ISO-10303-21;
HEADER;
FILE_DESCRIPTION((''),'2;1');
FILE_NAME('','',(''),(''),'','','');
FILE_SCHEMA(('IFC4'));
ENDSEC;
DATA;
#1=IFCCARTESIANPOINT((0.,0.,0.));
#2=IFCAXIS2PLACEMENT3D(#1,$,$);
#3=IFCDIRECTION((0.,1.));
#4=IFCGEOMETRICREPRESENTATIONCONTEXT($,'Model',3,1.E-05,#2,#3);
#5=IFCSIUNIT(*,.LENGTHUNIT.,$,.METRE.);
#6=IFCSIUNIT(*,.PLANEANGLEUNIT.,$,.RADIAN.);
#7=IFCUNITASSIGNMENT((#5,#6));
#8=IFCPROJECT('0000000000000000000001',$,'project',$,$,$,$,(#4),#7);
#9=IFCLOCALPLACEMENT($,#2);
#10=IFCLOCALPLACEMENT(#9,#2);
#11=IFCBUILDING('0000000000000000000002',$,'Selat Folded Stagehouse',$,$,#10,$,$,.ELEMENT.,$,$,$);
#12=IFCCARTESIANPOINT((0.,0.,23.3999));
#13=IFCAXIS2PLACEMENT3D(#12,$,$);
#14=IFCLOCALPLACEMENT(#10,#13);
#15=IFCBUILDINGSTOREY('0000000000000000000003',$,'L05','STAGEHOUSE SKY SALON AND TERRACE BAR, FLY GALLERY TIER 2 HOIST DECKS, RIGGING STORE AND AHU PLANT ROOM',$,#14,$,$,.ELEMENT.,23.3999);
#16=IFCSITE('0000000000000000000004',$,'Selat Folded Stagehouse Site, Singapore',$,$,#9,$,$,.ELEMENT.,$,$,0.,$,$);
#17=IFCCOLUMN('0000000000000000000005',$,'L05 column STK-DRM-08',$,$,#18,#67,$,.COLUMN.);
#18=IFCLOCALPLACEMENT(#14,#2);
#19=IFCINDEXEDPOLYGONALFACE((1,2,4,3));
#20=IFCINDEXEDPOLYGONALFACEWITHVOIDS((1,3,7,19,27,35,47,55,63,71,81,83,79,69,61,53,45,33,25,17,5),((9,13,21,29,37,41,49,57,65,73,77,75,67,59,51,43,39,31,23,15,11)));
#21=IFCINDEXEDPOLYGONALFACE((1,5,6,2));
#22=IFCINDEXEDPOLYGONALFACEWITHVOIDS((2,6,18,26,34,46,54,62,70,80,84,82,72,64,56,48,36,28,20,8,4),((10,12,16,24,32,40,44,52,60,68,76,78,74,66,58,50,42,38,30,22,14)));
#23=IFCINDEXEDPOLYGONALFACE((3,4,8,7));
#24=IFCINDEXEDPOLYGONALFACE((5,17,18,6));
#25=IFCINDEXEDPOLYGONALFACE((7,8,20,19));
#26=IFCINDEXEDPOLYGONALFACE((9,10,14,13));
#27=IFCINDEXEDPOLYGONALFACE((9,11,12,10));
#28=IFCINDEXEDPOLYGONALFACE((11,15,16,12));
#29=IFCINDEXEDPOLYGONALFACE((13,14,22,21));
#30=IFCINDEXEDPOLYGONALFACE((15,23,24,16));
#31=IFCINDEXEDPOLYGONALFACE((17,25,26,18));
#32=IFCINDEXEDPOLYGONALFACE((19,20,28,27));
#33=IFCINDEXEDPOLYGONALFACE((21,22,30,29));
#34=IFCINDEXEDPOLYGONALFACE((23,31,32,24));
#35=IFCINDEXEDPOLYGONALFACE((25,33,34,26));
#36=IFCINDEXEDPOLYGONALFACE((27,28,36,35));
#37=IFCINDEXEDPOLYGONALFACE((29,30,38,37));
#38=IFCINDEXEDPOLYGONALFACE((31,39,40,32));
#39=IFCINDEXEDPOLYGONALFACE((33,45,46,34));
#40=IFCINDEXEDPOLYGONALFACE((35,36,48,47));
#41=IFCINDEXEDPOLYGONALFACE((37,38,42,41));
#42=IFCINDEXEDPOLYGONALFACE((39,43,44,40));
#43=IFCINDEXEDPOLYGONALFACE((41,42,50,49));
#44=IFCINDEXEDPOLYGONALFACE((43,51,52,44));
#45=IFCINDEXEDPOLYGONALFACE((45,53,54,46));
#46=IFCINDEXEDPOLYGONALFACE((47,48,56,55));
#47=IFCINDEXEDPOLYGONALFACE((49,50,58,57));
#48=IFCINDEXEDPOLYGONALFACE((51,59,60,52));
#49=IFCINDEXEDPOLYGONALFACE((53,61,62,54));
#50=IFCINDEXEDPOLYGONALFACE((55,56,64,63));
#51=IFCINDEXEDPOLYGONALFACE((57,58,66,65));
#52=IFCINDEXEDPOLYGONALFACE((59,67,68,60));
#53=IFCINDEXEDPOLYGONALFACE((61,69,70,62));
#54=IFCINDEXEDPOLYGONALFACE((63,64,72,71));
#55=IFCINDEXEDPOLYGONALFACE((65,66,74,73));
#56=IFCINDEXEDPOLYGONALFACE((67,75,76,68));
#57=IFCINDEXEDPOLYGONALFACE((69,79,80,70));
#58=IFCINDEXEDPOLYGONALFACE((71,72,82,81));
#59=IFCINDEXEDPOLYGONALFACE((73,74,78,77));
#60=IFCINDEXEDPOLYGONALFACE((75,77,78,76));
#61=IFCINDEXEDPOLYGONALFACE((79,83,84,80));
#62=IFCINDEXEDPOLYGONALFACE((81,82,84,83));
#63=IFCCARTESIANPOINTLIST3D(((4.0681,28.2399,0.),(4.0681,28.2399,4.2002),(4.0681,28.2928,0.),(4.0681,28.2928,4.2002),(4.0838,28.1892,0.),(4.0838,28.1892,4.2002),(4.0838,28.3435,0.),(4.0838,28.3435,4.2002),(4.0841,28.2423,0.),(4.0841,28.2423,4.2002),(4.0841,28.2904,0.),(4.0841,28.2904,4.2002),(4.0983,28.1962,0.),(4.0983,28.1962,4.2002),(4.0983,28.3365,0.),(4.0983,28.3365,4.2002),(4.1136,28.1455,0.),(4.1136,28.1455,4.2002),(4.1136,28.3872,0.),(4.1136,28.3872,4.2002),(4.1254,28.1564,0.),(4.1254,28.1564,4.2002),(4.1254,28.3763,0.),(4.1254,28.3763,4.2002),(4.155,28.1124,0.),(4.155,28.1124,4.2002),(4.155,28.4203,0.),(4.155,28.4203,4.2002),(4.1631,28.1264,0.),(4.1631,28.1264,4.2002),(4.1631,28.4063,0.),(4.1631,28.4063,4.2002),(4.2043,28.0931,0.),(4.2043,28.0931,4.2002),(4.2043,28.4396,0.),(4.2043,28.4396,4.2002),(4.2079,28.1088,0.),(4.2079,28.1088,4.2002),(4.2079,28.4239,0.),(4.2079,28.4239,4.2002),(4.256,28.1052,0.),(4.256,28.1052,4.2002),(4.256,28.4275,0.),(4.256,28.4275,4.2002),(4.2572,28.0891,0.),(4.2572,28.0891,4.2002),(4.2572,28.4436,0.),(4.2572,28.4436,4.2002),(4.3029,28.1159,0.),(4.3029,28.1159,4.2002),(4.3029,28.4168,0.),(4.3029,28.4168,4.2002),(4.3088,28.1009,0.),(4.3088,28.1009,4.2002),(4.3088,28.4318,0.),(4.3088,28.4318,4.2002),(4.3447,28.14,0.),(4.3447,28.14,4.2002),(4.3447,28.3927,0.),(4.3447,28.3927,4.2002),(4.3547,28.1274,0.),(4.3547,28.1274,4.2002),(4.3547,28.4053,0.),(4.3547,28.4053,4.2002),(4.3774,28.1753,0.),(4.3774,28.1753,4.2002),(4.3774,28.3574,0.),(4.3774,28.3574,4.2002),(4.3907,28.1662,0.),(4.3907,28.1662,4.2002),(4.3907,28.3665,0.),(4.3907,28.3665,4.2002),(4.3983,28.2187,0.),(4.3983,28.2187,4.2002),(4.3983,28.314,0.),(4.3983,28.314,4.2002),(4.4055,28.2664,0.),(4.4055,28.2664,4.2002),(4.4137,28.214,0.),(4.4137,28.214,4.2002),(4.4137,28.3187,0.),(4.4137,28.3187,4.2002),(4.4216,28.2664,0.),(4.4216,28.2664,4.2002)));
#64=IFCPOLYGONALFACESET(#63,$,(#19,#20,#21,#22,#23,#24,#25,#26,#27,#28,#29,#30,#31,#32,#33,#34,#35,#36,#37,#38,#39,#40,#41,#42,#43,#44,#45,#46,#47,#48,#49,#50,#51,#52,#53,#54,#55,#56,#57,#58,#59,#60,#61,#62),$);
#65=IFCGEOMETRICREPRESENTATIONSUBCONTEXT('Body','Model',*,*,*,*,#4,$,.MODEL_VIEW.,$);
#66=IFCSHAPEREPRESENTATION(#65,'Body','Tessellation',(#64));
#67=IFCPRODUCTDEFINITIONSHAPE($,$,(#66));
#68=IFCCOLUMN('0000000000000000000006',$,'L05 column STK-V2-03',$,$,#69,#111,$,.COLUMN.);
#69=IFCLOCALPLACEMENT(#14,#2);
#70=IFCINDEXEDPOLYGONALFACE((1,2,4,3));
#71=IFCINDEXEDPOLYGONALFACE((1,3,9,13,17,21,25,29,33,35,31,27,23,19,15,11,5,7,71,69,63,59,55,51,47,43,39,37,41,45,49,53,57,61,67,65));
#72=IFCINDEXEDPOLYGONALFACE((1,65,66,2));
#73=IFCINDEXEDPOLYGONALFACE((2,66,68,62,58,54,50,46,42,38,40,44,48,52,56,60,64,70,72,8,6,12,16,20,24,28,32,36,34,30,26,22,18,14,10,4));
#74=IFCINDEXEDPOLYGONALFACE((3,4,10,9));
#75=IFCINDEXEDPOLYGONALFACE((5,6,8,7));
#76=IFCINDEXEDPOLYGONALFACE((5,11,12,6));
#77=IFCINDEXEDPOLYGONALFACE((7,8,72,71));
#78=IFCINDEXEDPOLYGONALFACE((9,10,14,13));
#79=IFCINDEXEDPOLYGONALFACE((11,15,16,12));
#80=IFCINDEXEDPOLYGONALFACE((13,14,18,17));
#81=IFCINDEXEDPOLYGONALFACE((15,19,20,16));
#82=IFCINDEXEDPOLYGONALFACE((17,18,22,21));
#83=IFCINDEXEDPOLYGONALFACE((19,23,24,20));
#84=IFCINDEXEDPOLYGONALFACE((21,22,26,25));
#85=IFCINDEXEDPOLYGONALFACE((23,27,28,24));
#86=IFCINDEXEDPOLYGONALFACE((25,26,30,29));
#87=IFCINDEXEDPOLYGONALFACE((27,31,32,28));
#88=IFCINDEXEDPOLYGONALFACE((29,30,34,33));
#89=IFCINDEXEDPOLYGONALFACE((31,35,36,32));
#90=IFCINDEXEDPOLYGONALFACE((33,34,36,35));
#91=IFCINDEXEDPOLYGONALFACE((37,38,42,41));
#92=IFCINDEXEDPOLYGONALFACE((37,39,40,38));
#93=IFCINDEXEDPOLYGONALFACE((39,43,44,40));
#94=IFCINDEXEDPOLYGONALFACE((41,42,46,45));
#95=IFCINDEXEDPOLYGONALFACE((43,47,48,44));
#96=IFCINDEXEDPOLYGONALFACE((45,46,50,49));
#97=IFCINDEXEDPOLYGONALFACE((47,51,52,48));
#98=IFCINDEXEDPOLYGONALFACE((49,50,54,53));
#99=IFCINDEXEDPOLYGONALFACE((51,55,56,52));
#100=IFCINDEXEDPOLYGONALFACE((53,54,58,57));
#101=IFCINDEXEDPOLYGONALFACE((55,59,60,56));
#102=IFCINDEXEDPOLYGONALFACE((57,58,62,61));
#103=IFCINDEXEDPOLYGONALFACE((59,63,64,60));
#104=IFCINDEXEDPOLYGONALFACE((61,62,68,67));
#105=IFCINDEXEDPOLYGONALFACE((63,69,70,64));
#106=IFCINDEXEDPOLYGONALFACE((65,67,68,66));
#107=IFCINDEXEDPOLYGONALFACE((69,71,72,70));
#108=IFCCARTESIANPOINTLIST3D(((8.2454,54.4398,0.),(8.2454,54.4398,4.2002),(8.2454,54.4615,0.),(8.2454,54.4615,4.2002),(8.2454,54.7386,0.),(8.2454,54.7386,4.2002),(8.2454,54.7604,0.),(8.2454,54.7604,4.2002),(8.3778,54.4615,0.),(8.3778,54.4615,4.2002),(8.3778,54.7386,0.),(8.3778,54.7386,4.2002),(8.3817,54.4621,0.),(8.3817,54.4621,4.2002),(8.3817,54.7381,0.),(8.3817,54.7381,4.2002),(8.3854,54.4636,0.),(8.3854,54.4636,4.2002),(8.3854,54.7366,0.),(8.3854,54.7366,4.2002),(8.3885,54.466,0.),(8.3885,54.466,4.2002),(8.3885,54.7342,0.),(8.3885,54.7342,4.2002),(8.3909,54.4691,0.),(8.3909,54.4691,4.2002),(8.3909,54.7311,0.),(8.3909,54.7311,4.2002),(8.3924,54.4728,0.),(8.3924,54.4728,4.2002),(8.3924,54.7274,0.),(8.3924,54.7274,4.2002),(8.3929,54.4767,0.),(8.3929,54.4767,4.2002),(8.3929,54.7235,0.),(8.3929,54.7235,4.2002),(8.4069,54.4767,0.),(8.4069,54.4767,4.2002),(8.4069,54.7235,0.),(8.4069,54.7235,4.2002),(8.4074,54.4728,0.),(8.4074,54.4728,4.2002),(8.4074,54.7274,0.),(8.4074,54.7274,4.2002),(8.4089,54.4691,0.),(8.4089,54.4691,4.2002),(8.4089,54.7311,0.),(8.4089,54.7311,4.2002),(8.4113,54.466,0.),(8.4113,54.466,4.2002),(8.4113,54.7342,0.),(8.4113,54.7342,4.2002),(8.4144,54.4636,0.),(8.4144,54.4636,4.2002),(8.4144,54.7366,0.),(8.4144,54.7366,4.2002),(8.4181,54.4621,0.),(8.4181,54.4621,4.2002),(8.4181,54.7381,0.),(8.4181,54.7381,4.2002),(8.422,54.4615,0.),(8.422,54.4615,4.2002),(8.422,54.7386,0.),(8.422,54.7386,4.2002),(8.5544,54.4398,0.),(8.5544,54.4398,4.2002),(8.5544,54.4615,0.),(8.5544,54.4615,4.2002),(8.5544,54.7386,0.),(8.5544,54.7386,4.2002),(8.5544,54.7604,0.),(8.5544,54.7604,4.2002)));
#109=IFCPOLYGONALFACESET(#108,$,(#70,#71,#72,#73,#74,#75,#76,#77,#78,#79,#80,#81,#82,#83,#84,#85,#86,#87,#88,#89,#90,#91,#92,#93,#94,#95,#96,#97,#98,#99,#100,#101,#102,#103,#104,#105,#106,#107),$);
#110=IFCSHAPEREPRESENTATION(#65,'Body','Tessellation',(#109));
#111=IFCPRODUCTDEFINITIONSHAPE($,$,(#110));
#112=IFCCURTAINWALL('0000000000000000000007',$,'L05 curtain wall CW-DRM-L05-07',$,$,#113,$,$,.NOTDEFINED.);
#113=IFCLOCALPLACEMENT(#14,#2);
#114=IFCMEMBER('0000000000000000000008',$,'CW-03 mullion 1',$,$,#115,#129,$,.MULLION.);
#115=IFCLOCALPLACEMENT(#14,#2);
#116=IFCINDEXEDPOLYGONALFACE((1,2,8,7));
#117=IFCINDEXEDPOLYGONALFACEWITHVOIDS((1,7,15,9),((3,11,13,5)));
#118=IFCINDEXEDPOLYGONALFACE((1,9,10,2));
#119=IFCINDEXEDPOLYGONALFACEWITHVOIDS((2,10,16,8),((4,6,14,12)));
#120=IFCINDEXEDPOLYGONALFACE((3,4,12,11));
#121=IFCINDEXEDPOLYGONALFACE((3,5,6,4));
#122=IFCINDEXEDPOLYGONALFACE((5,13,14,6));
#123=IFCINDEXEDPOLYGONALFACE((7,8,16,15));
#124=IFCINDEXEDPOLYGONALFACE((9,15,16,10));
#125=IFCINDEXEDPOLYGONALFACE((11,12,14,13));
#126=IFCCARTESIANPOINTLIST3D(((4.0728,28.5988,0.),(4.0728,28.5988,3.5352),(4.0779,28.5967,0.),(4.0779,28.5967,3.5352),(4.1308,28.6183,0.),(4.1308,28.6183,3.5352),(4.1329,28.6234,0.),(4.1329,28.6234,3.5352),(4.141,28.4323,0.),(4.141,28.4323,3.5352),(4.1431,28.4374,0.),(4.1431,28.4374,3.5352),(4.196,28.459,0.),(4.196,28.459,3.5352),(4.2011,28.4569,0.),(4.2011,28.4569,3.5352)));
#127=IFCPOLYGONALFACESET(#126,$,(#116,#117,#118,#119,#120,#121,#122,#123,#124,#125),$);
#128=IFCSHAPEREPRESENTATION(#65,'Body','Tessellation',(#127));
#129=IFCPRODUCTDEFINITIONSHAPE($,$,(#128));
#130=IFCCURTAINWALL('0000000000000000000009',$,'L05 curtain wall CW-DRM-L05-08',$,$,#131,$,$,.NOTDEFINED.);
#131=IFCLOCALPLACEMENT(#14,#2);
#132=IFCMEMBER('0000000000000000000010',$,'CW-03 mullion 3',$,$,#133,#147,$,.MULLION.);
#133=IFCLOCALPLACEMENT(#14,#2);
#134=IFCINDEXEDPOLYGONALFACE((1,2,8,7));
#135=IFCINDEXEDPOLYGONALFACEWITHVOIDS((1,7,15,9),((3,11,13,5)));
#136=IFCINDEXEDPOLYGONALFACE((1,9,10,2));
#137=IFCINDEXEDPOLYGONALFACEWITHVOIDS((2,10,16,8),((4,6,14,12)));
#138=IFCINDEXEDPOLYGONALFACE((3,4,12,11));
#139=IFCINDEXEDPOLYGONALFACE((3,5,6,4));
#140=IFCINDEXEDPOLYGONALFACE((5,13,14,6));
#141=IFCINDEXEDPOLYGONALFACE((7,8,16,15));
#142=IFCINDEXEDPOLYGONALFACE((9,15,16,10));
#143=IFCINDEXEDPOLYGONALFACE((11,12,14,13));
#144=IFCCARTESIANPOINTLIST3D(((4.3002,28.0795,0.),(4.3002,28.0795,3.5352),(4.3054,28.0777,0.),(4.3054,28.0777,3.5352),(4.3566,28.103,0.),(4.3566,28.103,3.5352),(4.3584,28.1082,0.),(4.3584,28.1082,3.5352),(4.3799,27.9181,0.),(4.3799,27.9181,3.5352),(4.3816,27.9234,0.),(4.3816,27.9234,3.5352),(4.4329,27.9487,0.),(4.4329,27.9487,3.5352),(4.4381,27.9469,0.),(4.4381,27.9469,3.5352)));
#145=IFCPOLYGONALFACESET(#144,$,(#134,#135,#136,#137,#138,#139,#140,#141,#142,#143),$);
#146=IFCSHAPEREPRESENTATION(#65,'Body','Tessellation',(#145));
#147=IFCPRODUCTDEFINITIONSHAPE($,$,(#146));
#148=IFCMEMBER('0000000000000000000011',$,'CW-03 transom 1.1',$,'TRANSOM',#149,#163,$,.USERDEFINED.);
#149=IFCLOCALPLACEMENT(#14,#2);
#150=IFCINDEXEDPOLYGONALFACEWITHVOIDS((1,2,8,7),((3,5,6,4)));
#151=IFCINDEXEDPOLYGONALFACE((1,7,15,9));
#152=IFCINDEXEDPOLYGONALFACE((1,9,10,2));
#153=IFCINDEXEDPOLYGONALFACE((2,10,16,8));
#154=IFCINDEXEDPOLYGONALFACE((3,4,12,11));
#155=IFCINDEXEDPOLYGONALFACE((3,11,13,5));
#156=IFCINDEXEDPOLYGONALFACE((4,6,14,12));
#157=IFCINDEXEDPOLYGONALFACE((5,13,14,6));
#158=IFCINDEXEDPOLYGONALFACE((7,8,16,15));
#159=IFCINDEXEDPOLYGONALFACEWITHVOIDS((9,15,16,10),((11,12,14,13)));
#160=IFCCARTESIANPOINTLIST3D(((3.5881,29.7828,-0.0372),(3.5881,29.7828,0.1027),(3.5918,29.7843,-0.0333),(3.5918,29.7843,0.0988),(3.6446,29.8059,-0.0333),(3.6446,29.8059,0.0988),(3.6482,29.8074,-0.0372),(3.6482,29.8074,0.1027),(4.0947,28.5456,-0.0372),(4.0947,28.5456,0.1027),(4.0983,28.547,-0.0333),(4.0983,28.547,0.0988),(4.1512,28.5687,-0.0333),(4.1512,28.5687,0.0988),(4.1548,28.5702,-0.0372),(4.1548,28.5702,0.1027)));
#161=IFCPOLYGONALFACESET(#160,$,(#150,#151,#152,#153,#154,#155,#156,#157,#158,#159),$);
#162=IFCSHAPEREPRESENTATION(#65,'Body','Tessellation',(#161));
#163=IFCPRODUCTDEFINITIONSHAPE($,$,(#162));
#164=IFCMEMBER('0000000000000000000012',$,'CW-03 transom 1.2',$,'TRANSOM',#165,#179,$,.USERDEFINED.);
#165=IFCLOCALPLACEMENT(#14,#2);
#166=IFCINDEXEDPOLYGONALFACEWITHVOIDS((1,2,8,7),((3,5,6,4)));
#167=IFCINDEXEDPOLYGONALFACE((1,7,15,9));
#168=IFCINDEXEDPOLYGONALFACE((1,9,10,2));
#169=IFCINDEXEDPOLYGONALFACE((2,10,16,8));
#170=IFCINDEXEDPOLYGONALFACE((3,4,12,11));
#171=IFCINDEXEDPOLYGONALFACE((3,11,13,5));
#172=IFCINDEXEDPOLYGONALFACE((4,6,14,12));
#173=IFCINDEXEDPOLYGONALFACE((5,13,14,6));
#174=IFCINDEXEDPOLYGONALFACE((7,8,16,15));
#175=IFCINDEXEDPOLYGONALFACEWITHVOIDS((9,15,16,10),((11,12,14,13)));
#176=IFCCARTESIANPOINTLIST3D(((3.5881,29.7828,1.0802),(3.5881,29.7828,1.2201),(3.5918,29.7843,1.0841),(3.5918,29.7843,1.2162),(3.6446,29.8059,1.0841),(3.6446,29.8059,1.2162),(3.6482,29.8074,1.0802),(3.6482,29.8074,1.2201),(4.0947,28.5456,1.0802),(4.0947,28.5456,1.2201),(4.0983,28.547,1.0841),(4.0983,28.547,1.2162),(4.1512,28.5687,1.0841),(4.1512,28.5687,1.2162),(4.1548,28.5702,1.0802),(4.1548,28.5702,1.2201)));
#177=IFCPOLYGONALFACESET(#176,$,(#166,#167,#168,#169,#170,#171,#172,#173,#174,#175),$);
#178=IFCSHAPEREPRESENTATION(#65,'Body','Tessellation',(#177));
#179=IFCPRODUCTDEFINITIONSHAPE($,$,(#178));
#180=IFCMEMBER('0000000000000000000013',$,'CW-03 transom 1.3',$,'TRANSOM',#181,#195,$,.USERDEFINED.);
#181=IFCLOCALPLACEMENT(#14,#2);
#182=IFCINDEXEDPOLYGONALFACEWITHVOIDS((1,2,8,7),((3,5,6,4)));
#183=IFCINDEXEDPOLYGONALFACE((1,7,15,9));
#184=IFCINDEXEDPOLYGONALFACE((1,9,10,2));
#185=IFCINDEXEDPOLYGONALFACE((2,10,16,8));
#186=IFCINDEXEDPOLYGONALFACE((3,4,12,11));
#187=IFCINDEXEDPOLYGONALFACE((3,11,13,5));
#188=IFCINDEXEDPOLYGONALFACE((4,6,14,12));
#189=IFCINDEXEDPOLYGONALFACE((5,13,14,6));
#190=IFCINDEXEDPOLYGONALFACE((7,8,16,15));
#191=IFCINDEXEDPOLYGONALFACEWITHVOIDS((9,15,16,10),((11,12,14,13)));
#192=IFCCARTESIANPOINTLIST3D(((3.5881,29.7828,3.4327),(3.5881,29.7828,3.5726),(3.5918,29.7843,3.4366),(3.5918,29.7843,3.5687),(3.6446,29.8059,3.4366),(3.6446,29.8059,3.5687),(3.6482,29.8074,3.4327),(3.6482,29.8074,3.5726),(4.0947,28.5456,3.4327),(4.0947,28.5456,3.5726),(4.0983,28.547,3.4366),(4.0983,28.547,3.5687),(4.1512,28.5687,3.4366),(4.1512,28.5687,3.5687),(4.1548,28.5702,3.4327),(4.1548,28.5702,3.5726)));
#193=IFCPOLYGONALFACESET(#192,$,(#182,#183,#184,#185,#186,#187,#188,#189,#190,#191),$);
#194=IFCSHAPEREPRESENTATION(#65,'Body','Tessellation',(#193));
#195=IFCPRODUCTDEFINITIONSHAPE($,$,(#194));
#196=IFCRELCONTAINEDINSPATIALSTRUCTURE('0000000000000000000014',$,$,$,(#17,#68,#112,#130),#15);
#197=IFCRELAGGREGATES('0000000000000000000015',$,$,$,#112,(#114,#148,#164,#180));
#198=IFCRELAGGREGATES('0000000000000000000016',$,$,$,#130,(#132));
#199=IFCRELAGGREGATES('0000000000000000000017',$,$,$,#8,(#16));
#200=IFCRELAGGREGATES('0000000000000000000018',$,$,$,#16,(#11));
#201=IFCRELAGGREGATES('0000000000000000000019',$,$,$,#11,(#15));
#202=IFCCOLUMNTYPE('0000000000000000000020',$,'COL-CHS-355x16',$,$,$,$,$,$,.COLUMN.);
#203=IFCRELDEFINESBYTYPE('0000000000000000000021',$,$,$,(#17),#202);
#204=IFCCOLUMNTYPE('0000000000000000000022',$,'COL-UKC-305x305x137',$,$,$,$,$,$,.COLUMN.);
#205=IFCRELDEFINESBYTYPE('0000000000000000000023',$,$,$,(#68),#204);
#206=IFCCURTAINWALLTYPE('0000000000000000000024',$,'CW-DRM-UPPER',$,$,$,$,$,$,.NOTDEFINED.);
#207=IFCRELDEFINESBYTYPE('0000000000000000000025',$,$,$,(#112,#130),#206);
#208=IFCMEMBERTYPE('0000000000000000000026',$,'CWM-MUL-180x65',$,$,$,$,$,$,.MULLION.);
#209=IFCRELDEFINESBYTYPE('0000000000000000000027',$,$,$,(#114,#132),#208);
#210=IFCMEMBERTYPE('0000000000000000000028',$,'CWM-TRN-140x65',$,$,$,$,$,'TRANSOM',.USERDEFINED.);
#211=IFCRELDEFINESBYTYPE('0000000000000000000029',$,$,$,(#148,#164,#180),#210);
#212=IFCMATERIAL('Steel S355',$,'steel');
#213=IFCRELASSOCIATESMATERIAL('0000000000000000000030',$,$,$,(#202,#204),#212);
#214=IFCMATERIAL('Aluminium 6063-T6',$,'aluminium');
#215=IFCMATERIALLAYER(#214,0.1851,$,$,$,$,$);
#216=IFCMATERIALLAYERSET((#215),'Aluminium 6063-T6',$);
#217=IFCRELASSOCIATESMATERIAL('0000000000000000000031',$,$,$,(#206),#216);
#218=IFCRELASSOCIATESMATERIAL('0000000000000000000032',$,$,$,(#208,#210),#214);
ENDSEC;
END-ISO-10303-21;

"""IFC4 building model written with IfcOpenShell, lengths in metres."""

from ifc_helpers import new_model, si_unit, direction, frame, origin, origin_2d, place, context, subcontext, project, spatial, hollow_rectangle, hollow_circle, i_section, extrude, material, layer, layer_set, material_profile, profile_set, type_object, element, aggregate, save


model = new_model("IFC4")

# Units and contexts
model_context = context("Model", 3, precision=1e-05, world=origin(), true_north=direction((0.0, 1.0)))
body_context = subcontext(model_context, "Body", "Model", "MODEL_VIEW")
ifc_project = project(units=[si_unit("LENGTHUNIT", "METRE"), si_unit("PLANEANGLEUNIT", "RADIAN")], contexts=[model_context])

# Site, building, storey
site_placement = place(None, origin())
site = spatial("IfcSite", under=ifc_project, at=site_placement, Name="Selat Folded Stagehouse Site, Singapore", CompositionType="ELEMENT", RefElevation=0.0)
building_placement = place(site_placement, origin())
building = spatial("IfcBuilding", under=site, at=building_placement, Name="Selat Folded Stagehouse", CompositionType="ELEMENT")
storey_placement = place(building_placement, frame((0.0, 0.0, 23.3999)))
storey = spatial("IfcBuildingStorey", under=building, at=storey_placement, Name="L05", Description="STAGEHOUSE SKY SALON AND TERRACE BAR, FLY GALLERY TIER 2 HOIST DECKS, RIGGING STORE AND AHU PLANT ROOM", CompositionType="ELEMENT", Elevation=23.3999)

# Columns
ifc_material_1 = material(Name="Steel S355", Category="steel")
ifc_material_profile_1 = material_profile(ifc_material_1, hollow_circle(Radius=0.1777, WallThickness=0.0161, at=origin_2d()), Name="CHS 355.6x16.0")
ifc_profile_set_1 = profile_set([ifc_material_profile_1], Name="Steel S355")
column_type_1 = type_object("IfcColumnType", Name="COL-CHS-355x16", PredefinedType="COLUMN", material=ifc_profile_set_1)
column_1_placement = place(storey_placement, frame((4.2439, 28.2664, 0.0), z_axis=(0.0, 0.0, 1.0), x_axis=(1.0, 0.0, 0.0)))
element("IfcColumn", 1, at=column_1_placement, inside=storey, type_object=column_type_1, Name="L05 column STK-DRM-08", PredefinedType="COLUMN", context=body_context, shape_type="SweptSolid", body=[
    extrude(hollow_circle(Radius=0.1777, WallThickness=0.0161, at=origin_2d()), origin(), (0.0, 0.0, 1.0), 4.2002),
])
ifc_material_profile_2 = material_profile(ifc_material_1, i_section(OverallWidth=0.3091, OverallDepth=0.3206, WebThickness=0.0139, FlangeThickness=0.0217, FilletRadius=0.0151, at=origin_2d()), Name="UKC 305x305x137")
ifc_profile_set_2 = profile_set([ifc_material_profile_2], Name="Steel S355")
column_type_2 = type_object("IfcColumnType", Name="COL-UKC-305x305x137", PredefinedType="COLUMN", material=ifc_profile_set_2)
column_2_placement = place(storey_placement, frame((8.3999, 54.6001, 0.0), z_axis=(0.0, 0.0, 1.0), x_axis=(1.0, 0.0, 0.0)))
element("IfcColumn", 2, at=column_2_placement, inside=storey, type_object=column_type_2, Name="L05 column STK-V2-03", PredefinedType="COLUMN", context=body_context, shape_type="SweptSolid", body=[
    extrude(i_section(OverallWidth=0.3091, OverallDepth=0.3206, WebThickness=0.0139, FlangeThickness=0.0217, FilletRadius=0.0151, at=origin_2d()), origin(), (0.0, 0.0, 1.0), 4.2002),
])

# Curtain walls, members
ifc_material_2 = material(Name="Aluminium 6063-T6", Category="aluminium")
ifc_layer_1 = layer(ifc_material_2, 0.1851)
ifc_layer_set_1 = layer_set([ifc_layer_1], Name="Aluminium 6063-T6")
curtain_wall_type = type_object("IfcCurtainWallType", Name="CW-DRM-UPPER", PredefinedType="NOTDEFINED", material=ifc_layer_set_1)
curtain_wall_1_placement = place(storey_placement, origin())
curtain_wall_1 = element("IfcCurtainWall", 3, at=curtain_wall_1_placement, inside=storey, type_object=curtain_wall_type, Name="L05 curtain wall CW-DRM-L05-07", PredefinedType="NOTDEFINED")
ifc_material_profile_3 = material_profile(ifc_material_2, hollow_rectangle(XDim=0.0649, YDim=0.1799, WallThickness=0.0039, at=origin_2d()), Name="ALU 180x65x4.0")
ifc_profile_set_3 = profile_set([ifc_material_profile_3], Name="Aluminium 6063-T6")
member_type_1 = type_object("IfcMemberType", Name="CWM-MUL-180x65", PredefinedType="MULLION", material=ifc_profile_set_3)
member_1_placement = place(storey_placement, frame((4.137, 28.5278, 0.0), z_axis=(0.0, 0.0, 1.0), x_axis=(-0.925441, -0.378891, 0.0)))
member_1 = element("IfcMember", 4, at=member_1_placement, type_object=member_type_1, Name="CW-03 mullion 1", PredefinedType="MULLION", context=body_context, shape_type="SweptSolid", body=[
    extrude(hollow_rectangle(XDim=0.0649, YDim=0.1799, WallThickness=0.0039, at=origin_2d()), origin(), (0.0, 0.0, 1.0), 3.5352),
])
curtain_wall_2_placement = place(storey_placement, origin())
curtain_wall_2 = element("IfcCurtainWall", 5, at=curtain_wall_2_placement, inside=storey, type_object=curtain_wall_type, Name="L05 curtain wall CW-DRM-L05-08", PredefinedType="NOTDEFINED")
member_2_placement = place(storey_placement, frame((4.3691, 28.0132, 0.0), z_axis=(0.0, 0.0, 1.0), x_axis=(-0.896598, -0.442845, 0.0)))
member_2 = element("IfcMember", 6, at=member_2_placement, type_object=member_type_1, Name="CW-03 mullion 3", PredefinedType="MULLION", context=body_context, shape_type="SweptSolid", body=[
    extrude(hollow_rectangle(XDim=0.0649, YDim=0.1799, WallThickness=0.0039, at=origin_2d()), origin(), (0.0, 0.0, 1.0), 3.5352),
])

# Members
ifc_material_profile_4 = material_profile(ifc_material_2, hollow_rectangle(XDim=0.0649, YDim=0.1399, WallThickness=0.0039, at=origin_2d()), Name="ALU 140x65x4.0")
ifc_profile_set_4 = profile_set([ifc_material_profile_4], Name="Aluminium 6063-T6")
member_type_2 = type_object("IfcMemberType", Name="CWM-TRN-140x65", ElementType="TRANSOM", PredefinedType="USERDEFINED", material=ifc_profile_set_4)
member_3_placement = place(storey_placement, frame((4.1248, 28.5579, 0.0327), z_axis=(-0.378903, 0.925436, 0.0), x_axis=(-0.925436, -0.378903, 0.0)))
member_3 = element("IfcMember", 7, at=member_3_placement, type_object=member_type_2, Name="CW-03 transom 1.1", ObjectType="TRANSOM", PredefinedType="USERDEFINED", context=body_context, shape_type="SweptSolid", body=[
    extrude(hollow_rectangle(XDim=0.0649, YDim=0.1399, WallThickness=0.0039, at=origin_2d()), origin(), (0.0, 0.0, 1.0), 1.3369),
])
member_4_placement = place(storey_placement, frame((4.1248, 28.5579, 1.1501), z_axis=(-0.378903, 0.925436, 0.0), x_axis=(-0.925436, -0.378903, 0.0)))
member_4 = element("IfcMember", 8, at=member_4_placement, type_object=member_type_2, Name="CW-03 transom 1.2", ObjectType="TRANSOM", PredefinedType="USERDEFINED", context=body_context, shape_type="SweptSolid", body=[
    extrude(hollow_rectangle(XDim=0.0649, YDim=0.1399, WallThickness=0.0039, at=origin_2d()), origin(), (0.0, 0.0, 1.0), 1.3369),
])
member_5_placement = place(storey_placement, frame((4.1248, 28.5579, 3.5027), z_axis=(-0.378903, 0.925436, 0.0), x_axis=(-0.925436, -0.378903, 0.0)))
member_5 = element("IfcMember", 9, at=member_5_placement, type_object=member_type_2, Name="CW-03 transom 1.3", ObjectType="TRANSOM", PredefinedType="USERDEFINED", context=body_context, shape_type="SweptSolid", body=[
    extrude(hollow_rectangle(XDim=0.0649, YDim=0.1399, WallThickness=0.0039, at=origin_2d()), origin(), (0.0, 0.0, 1.0), 1.3369),
])

aggregate(curtain_wall_1, [member_1, member_3, member_4, member_5])
aggregate(curtain_wall_2, [member_2])

save(model, "model.ifc")
